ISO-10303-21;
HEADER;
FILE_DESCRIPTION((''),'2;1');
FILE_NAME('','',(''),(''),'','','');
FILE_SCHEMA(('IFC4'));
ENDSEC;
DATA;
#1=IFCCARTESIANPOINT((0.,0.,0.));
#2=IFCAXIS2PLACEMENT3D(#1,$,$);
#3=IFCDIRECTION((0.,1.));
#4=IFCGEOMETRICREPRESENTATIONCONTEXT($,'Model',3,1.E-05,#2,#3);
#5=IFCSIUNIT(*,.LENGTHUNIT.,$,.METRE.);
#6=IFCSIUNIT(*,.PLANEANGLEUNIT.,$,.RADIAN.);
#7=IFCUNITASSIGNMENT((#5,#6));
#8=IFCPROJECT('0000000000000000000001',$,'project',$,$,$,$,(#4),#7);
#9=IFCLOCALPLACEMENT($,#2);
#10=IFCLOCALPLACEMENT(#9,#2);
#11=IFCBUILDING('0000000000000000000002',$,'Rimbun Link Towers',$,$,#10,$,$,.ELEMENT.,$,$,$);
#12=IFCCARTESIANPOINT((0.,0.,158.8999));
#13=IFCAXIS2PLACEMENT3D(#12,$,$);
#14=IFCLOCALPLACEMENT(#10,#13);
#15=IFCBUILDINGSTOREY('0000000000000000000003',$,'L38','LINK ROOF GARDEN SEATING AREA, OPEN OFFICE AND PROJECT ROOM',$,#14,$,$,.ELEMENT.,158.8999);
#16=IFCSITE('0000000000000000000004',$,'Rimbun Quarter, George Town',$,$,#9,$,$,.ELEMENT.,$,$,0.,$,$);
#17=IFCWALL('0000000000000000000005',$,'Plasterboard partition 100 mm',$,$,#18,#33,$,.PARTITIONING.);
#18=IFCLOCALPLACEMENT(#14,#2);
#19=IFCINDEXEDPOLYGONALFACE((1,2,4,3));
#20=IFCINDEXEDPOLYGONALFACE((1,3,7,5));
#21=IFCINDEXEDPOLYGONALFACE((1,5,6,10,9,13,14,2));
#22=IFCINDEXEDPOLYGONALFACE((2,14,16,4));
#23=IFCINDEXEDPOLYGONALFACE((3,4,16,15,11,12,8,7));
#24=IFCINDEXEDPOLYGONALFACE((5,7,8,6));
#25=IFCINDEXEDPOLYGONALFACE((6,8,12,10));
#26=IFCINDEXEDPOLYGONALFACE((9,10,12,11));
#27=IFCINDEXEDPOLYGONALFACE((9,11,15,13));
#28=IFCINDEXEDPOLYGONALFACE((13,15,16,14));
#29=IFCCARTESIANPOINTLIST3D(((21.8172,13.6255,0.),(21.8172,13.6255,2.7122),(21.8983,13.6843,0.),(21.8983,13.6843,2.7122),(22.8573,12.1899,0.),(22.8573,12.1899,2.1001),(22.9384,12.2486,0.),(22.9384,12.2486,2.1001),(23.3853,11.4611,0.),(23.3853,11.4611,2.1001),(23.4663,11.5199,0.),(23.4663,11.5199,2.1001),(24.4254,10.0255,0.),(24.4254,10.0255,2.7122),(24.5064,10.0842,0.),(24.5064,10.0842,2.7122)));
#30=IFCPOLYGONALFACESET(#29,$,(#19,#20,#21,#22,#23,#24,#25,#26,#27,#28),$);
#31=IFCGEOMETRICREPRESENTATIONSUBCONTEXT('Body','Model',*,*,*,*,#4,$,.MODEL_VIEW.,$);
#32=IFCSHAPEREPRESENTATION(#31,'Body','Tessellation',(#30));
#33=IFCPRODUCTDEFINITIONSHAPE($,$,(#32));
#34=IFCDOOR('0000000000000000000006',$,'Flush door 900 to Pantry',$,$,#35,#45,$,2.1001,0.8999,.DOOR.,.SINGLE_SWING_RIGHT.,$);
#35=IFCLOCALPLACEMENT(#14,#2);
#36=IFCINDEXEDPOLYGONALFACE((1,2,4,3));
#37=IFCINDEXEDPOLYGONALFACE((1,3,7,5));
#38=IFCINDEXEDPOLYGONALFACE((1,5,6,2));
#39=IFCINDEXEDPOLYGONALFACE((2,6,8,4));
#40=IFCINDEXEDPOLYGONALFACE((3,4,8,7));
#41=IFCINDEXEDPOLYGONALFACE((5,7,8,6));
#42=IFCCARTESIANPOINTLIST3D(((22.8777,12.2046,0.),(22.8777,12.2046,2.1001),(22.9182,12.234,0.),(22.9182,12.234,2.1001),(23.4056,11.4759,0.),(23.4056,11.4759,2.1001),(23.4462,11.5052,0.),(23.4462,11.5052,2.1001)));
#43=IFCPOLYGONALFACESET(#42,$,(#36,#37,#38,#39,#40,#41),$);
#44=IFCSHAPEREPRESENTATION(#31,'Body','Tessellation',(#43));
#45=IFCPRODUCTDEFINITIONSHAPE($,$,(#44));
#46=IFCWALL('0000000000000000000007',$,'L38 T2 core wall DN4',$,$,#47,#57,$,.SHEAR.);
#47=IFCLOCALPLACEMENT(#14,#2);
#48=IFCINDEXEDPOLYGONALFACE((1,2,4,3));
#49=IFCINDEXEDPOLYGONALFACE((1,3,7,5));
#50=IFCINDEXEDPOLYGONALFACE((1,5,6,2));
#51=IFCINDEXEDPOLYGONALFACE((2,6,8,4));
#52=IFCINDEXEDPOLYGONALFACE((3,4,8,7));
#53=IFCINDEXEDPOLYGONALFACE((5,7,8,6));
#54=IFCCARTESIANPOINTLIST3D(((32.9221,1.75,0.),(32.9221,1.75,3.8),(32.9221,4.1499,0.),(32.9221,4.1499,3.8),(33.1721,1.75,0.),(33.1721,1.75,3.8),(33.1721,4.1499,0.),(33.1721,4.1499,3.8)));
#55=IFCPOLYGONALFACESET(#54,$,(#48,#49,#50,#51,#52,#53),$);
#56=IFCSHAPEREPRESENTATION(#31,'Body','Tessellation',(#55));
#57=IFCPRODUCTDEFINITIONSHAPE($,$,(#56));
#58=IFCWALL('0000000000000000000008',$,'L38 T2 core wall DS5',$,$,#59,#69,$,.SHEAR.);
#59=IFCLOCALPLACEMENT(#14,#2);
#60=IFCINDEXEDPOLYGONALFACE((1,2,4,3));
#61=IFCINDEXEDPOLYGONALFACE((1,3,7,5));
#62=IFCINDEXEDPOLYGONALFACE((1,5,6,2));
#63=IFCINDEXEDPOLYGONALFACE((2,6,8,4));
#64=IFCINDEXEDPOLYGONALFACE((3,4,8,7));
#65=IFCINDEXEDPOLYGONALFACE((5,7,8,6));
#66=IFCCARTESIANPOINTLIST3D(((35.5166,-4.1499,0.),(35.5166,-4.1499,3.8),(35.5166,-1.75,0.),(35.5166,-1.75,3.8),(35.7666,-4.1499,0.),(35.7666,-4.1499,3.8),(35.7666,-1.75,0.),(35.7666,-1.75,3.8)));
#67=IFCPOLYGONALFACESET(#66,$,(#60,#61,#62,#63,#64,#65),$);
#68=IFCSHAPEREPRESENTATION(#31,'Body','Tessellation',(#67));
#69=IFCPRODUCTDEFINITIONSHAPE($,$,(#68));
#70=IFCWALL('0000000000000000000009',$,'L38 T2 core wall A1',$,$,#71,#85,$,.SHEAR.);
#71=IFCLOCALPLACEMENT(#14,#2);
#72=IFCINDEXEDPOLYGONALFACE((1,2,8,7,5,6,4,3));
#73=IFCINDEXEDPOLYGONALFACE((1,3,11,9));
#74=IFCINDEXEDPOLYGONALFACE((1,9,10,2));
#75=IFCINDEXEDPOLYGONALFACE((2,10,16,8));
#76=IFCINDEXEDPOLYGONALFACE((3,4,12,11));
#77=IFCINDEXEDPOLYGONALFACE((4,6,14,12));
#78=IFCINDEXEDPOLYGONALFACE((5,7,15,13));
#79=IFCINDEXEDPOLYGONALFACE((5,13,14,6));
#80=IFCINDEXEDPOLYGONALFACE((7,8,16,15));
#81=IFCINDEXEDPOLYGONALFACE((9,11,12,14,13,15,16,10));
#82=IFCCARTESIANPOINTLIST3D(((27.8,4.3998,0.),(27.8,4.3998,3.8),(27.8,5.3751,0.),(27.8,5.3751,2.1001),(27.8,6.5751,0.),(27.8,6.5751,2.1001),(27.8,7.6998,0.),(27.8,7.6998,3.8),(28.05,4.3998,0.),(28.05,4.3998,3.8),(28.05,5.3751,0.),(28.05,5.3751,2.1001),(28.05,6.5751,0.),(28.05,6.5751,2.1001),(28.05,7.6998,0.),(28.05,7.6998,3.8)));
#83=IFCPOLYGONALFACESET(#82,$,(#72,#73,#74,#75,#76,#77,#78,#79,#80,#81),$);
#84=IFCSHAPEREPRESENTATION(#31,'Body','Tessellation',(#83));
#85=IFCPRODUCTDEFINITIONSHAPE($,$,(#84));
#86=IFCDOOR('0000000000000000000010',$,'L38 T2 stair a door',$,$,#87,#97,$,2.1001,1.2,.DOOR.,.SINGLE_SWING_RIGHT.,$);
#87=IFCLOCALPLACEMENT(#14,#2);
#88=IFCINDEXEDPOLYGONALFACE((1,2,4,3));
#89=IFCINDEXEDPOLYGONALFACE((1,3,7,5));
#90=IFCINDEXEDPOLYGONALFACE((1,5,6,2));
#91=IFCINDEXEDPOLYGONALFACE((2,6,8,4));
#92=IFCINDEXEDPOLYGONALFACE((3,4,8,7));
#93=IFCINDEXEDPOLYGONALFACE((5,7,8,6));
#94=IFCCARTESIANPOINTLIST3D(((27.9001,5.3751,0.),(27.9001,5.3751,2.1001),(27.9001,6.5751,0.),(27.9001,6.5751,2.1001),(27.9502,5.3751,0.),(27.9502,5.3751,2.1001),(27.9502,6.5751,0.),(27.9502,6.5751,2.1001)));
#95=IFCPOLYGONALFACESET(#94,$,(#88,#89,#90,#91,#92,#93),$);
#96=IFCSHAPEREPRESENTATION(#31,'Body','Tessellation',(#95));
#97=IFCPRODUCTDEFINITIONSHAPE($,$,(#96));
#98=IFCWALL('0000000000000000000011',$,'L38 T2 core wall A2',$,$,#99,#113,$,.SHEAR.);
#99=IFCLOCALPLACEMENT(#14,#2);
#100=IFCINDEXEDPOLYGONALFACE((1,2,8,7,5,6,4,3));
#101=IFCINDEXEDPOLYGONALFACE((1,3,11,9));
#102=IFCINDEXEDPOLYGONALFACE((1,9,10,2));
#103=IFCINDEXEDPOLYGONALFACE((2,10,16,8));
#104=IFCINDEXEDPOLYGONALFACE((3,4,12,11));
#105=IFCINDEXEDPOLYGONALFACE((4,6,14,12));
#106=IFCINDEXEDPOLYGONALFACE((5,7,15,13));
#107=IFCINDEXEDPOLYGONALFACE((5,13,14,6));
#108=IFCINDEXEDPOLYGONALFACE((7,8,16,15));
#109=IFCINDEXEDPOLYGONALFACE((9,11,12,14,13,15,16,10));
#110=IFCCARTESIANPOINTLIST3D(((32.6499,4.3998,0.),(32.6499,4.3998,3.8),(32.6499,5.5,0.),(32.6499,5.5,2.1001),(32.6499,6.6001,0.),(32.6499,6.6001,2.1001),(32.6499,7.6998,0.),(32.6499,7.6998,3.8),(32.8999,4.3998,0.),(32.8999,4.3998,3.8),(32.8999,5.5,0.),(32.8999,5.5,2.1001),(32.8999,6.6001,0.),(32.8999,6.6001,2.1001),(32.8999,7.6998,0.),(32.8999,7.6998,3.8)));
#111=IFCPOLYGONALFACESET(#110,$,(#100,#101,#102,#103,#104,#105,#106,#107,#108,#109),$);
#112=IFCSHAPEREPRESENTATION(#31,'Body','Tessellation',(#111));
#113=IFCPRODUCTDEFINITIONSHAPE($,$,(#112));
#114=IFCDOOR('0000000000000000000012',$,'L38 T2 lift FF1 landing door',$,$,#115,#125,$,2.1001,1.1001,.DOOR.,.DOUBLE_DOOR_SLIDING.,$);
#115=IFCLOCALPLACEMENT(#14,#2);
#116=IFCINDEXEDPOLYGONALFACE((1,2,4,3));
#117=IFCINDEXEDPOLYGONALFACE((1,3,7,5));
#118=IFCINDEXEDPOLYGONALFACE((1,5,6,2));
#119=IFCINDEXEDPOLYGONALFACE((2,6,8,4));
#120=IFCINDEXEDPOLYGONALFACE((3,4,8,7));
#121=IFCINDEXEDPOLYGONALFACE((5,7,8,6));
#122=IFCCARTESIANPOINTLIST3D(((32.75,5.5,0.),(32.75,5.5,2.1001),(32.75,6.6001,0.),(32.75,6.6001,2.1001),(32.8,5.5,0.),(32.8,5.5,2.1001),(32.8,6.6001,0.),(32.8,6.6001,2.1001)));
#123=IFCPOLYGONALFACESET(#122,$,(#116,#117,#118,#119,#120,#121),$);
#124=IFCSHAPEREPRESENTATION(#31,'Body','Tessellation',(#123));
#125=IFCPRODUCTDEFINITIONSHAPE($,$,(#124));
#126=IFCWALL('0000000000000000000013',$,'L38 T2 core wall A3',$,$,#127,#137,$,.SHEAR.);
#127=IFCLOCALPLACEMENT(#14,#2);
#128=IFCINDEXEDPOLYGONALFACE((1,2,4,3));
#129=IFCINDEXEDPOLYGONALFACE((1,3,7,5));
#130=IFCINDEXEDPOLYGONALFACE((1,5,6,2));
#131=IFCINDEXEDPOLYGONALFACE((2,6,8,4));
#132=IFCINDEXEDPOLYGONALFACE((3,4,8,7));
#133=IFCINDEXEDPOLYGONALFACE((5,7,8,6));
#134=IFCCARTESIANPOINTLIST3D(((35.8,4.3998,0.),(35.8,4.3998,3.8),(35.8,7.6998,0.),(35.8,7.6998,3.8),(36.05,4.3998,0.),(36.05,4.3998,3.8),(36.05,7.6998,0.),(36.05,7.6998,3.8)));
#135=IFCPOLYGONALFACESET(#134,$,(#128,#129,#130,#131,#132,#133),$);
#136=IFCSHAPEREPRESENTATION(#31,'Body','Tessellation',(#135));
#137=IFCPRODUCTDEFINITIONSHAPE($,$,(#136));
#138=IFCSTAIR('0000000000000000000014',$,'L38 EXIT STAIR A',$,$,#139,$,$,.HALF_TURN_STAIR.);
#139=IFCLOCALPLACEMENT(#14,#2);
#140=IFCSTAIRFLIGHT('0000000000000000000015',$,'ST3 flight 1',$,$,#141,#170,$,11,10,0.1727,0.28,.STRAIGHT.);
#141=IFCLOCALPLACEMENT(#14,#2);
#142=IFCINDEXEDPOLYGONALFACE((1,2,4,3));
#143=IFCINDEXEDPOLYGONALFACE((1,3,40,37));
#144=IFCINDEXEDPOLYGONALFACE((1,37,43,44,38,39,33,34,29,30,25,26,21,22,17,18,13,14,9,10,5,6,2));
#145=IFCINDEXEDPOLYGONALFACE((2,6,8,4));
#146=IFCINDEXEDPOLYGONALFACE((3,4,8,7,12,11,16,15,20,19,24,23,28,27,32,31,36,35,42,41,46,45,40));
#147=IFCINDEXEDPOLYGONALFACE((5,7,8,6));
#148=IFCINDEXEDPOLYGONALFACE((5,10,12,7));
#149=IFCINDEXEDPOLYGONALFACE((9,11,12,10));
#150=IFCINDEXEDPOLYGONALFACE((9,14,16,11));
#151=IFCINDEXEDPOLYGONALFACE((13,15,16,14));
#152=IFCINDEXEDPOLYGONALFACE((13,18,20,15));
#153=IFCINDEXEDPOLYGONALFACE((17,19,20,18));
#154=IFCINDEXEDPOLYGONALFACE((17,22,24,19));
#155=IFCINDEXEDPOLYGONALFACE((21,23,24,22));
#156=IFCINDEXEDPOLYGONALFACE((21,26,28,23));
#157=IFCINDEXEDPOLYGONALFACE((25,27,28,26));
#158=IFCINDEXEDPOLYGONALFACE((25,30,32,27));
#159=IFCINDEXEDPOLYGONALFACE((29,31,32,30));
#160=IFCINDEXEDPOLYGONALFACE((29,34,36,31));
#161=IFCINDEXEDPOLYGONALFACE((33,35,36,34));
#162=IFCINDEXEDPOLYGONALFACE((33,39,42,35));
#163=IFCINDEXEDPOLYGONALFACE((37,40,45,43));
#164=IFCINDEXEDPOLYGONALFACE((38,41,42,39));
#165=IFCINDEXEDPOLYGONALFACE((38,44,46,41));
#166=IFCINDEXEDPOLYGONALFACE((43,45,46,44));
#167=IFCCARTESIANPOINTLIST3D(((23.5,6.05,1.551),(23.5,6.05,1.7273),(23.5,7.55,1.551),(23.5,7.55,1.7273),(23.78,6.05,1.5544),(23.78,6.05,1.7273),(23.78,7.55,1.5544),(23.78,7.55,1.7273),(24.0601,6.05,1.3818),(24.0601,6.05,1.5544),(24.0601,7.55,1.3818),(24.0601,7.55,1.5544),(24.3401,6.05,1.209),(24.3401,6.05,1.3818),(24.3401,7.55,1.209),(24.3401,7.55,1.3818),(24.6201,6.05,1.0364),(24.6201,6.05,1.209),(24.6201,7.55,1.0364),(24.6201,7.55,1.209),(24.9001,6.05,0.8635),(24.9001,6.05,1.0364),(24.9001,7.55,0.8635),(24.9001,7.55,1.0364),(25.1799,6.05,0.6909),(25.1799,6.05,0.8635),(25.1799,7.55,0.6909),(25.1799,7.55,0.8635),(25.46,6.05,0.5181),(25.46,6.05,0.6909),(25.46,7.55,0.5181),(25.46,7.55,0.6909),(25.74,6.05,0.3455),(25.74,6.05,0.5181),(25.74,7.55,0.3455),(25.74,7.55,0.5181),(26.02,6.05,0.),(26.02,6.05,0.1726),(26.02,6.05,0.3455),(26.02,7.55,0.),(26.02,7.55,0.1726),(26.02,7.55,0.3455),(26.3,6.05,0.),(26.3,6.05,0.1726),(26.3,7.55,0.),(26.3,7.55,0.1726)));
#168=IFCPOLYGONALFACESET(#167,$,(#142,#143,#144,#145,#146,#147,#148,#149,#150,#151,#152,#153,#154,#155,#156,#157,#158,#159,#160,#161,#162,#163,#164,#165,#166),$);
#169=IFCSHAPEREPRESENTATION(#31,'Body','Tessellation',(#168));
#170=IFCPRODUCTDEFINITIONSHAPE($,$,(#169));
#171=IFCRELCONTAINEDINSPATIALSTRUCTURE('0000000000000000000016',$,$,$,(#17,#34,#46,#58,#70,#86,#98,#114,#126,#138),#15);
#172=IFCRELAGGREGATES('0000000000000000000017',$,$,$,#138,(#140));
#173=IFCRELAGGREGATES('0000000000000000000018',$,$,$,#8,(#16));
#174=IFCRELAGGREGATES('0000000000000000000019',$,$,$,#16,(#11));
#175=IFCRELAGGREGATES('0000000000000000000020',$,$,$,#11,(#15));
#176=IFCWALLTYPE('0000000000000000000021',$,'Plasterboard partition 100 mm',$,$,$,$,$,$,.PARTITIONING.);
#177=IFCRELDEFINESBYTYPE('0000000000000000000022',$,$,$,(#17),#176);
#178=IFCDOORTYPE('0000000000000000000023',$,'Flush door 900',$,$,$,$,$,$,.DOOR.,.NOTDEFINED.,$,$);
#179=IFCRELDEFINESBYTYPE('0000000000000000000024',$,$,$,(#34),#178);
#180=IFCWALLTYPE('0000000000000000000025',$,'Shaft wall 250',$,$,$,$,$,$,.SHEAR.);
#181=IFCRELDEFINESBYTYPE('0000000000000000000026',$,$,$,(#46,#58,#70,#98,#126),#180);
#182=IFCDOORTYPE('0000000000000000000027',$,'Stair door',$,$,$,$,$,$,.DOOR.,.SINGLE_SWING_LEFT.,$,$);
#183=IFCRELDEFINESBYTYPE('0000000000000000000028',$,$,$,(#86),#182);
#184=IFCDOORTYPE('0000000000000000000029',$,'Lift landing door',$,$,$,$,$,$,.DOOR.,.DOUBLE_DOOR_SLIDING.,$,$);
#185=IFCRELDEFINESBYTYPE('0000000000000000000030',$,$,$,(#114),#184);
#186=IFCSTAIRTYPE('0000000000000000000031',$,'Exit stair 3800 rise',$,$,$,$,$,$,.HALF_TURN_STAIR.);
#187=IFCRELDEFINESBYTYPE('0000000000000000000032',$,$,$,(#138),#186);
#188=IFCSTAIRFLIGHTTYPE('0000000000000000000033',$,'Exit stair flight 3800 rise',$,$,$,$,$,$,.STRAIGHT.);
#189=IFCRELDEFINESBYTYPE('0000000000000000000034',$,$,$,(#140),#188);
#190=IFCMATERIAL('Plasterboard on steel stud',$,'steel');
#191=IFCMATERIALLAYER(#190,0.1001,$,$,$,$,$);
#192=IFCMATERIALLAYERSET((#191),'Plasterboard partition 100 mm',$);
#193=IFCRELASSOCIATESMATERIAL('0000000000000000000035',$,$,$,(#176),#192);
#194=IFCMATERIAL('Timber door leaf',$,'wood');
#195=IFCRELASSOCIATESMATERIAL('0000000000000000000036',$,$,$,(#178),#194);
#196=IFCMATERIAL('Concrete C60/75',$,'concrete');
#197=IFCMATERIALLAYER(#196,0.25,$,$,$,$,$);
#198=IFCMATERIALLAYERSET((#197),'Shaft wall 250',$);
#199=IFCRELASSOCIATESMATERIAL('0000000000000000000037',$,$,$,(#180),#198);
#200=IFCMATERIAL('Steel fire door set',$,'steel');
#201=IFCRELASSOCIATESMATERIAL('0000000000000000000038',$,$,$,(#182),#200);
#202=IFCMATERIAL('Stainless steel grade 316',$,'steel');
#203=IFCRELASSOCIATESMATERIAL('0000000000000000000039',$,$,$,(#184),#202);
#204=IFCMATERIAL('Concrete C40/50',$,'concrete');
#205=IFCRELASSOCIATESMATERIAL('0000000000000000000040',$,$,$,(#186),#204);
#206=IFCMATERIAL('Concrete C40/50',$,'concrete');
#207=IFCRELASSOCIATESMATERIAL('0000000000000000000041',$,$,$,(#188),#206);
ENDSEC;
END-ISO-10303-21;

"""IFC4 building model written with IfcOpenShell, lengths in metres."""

from ifc_helpers import new_model, si_unit, direction, frame, frame_2d, origin, place, context, subcontext, project, spatial, polyline, rectangle, outline, extrude, material, layer, layer_set, type_object, element, fill, aggregate, save


model = new_model("IFC4")

# Units and contexts
model_context = context("Model", 3, precision=1e-05, world=origin(), true_north=direction((0.0, 1.0)))
body_context = subcontext(model_context, "Body", "Model", "MODEL_VIEW")
ifc_project = project(units=[si_unit("LENGTHUNIT", "METRE"), si_unit("PLANEANGLEUNIT", "RADIAN")], contexts=[model_context])

# Site, building, storey
site_placement = place(None, origin())
site = spatial("IfcSite", under=ifc_project, at=site_placement, Name="Rimbun Quarter, George Town", CompositionType="ELEMENT", RefElevation=0.0)
building_placement = place(site_placement, origin())
building = spatial("IfcBuilding", under=site, at=building_placement, Name="Rimbun Link Towers", CompositionType="ELEMENT")
storey_placement = place(building_placement, frame((0.0, 0.0, 158.8999)))
storey = spatial("IfcBuildingStorey", under=building, at=storey_placement, Name="L38", Description="LINK ROOF GARDEN SEATING AREA, OPEN OFFICE AND PROJECT ROOM", CompositionType="ELEMENT", Elevation=158.8999)

# Wall, opening, door
ifc_material_1 = material(Name="Plasterboard on steel stud", Category="steel")
ifc_layer_1 = layer(ifc_material_1, 0.1001)
ifc_layer_set_1 = layer_set([ifc_layer_1], Name="Plasterboard partition 100 mm")
wall_type_1 = type_object("IfcWallType", Name="Plasterboard partition 100 mm", PredefinedType="PARTITIONING", material=ifc_layer_set_1)
wall_1_placement = place(storey_placement, frame((24.4658, 10.0549, 0.0), z_axis=(0.0, 0.0, 1.0), x_axis=(-0.586685, 0.809815, 0.0)))
wall_1 = element("IfcWall", 1, at=wall_1_placement, inside=storey, type_object=wall_type_1, Name="Plasterboard partition 100 mm", PredefinedType="PARTITIONING", context=body_context, shape_type="SweptSolid", body=[
    extrude(rectangle(XDim=4.4456, YDim=0.1001, at=frame_2d((2.2227, 0.0))), origin(), (0.0, 0.0, 1.0), 2.7122),
])
opening_1_placement = place(wall_1_placement, frame((1.7727, 0.0, 0.0)))
opening_1 = element("IfcOpeningElement", 2, at=opening_1_placement, cuts=wall_1, PredefinedType="OPENING", context=body_context, shape_type="SweptSolid", body=[
    extrude(rectangle(XDim=0.8999, YDim=2.1001, at=frame_2d((0.45, 1.05))), frame((0.0, 0.0601, 0.0), z_axis=(0.0, -1.0, 0.0), x_axis=(1.0, 0.0, 0.0)), (0.0, 0.0, 1.0), 0.1201),
])
ifc_material_2 = material(Name="Timber door leaf", Category="wood")
door_type_1 = type_object("IfcDoorType", Name="Flush door 900", OperationType="NOTDEFINED", PredefinedType="DOOR", material=ifc_material_2)
door_1_placement = place(opening_1_placement, origin())
door_1 = element("IfcDoor", 3, at=door_1_placement, inside=storey, type_object=door_type_1, Name="Flush door 900 to Pantry", OperationType="SINGLE_SWING_RIGHT", OverallHeight=2.1001, OverallWidth=0.8999, PredefinedType="DOOR", context=body_context, shape_type="SweptSolid", body=[
    extrude(rectangle(XDim=0.8999, YDim=2.1001, at=frame_2d((0.45, 1.05))), frame((0.0, 0.0249, 0.0), z_axis=(0.0, -1.0, 0.0), x_axis=(1.0, 0.0, 0.0)), (0.0, 0.0, 1.0), 0.05),
])
fill(opening_1, door_1)

# Walls
ifc_material_3 = material(Name="Concrete C60/75", Category="concrete")
ifc_layer_2 = layer(ifc_material_3, 0.25)
ifc_layer_set_2 = layer_set([ifc_layer_2], Name="Shaft wall 250")
wall_type_2 = type_object("IfcWallType", Name="Shaft wall 250", PredefinedType="SHEAR", material=ifc_layer_set_2)
for number, where, z_axis, x_axis, name in (
    (4, (33.0471, 1.75, 0.0), (0.0, 0.0, 1.0), (0.0, 1.0, 0.0), "L38 T2 core wall DN4"),
    (5, (35.6416, -4.1499, 0.0), (0.0, 0.0, 1.0), (0.0, 1.0, 0.0), "L38 T2 core wall DS5"),
):
    element("IfcWall", number, at=place(storey_placement, frame(where, z_axis=z_axis, x_axis=x_axis)), inside=storey, type_object=wall_type_2, Name=name, PredefinedType="SHEAR", context=body_context, shape_type="SweptSolid", body=[
        extrude(rectangle(XDim=2.3999, YDim=0.25, at=frame_2d((1.2, 0.0))), origin(), (0.0, 0.0, 1.0), 3.8),
    ])

# Walls, openings, doors
wall_2_placement = place(storey_placement, frame((27.925, 4.3999, 0.0), z_axis=(0.0, 0.0, 1.0), x_axis=(0.0, 1.0, 0.0)))
wall_2 = element("IfcWall", 6, at=wall_2_placement, inside=storey, type_object=wall_type_2, Name="L38 T2 core wall A1", PredefinedType="SHEAR", context=body_context, shape_type="SweptSolid", body=[
    extrude(rectangle(XDim=3.3, YDim=0.25, at=frame_2d((1.6499, 0.0))), origin(), (0.0, 0.0, 1.0), 3.8),
])
opening_2_placement = place(wall_2_placement, frame((0.9751, 0.0, 0.0)))
opening_2 = element("IfcOpeningElement", 7, at=opening_2_placement, cuts=wall_2, PredefinedType="OPENING", context=body_context, shape_type="SweptSolid", body=[
    extrude(rectangle(XDim=1.2, YDim=2.1001, at=frame_2d((0.6001, 1.05))), frame((0.0, 0.135, 0.0), z_axis=(0.0, -1.0, 0.0), x_axis=(1.0, 0.0, 0.0)), (0.0, 0.0, 1.0), 0.27),
])
ifc_material_4 = material(Name="Steel fire door set", Category="steel")
door_type_2 = type_object("IfcDoorType", Name="Stair door", OperationType="SINGLE_SWING_LEFT", PredefinedType="DOOR", material=ifc_material_4)
door_2_placement = place(opening_2_placement, origin())
door_2 = element("IfcDoor", 8, at=door_2_placement, inside=storey, type_object=door_type_2, Name="L38 T2 stair a door", OperationType="SINGLE_SWING_RIGHT", OverallHeight=2.1001, OverallWidth=1.2, PredefinedType="DOOR", context=body_context, shape_type="SweptSolid", body=[
    extrude(rectangle(XDim=1.2, YDim=2.1001, at=frame_2d((0.6001, 1.05))), frame((0.0, 0.0249, 0.0), z_axis=(0.0, -1.0, 0.0), x_axis=(1.0, 0.0, 0.0)), (0.0, 0.0, 1.0), 0.05),
])
fill(opening_2, door_2)
wall_3_placement = place(storey_placement, frame((32.7749, 4.3999, 0.0), z_axis=(0.0, 0.0, 1.0), x_axis=(0.0, 1.0, 0.0)))
wall_3 = element("IfcWall", 9, at=wall_3_placement, inside=storey, type_object=wall_type_2, Name="L38 T2 core wall A2", PredefinedType="SHEAR", context=body_context, shape_type="SweptSolid", body=[
    extrude(rectangle(XDim=3.3, YDim=0.25, at=frame_2d((1.6499, 0.0))), origin(), (0.0, 0.0, 1.0), 3.8),
])
opening_3_placement = place(wall_3_placement, frame((1.1001, 0.0, 0.0)))
opening_3 = element("IfcOpeningElement", 10, at=opening_3_placement, cuts=wall_3, PredefinedType="OPENING", context=body_context, shape_type="SweptSolid", body=[
    extrude(rectangle(XDim=1.1001, YDim=2.1001, at=frame_2d((0.55, 1.05))), frame((0.0, 0.135, 0.0), z_axis=(0.0, -1.0, 0.0), x_axis=(1.0, 0.0, 0.0)), (0.0, 0.0, 1.0), 0.27),
])
ifc_material_5 = material(Name="Stainless steel grade 316", Category="steel")
door_type_3 = type_object("IfcDoorType", Name="Lift landing door", OperationType="DOUBLE_DOOR_SLIDING", PredefinedType="DOOR", material=ifc_material_5)
door_3_placement = place(opening_3_placement, origin())
door_3 = element("IfcDoor", 11, at=door_3_placement, inside=storey, type_object=door_type_3, Name="L38 T2 lift FF1 landing door", OperationType="DOUBLE_DOOR_SLIDING", OverallHeight=2.1001, OverallWidth=1.1001, PredefinedType="DOOR", context=body_context, shape_type="SweptSolid", body=[
    extrude(rectangle(XDim=1.1001, YDim=2.1001, at=frame_2d((0.55, 1.05))), frame((0.0, 0.0249, 0.0), z_axis=(0.0, -1.0, 0.0), x_axis=(1.0, 0.0, 0.0)), (0.0, 0.0, 1.0), 0.05),
])
fill(opening_3, door_3)

# Wall
wall_4_placement = place(storey_placement, frame((35.925, 4.3999, 0.0), z_axis=(0.0, 0.0, 1.0), x_axis=(0.0, 1.0, 0.0)))
element("IfcWall", 12, at=wall_4_placement, inside=storey, type_object=wall_type_2, Name="L38 T2 core wall A3", PredefinedType="SHEAR", context=body_context, shape_type="SweptSolid", body=[
    extrude(rectangle(XDim=3.3, YDim=0.25, at=frame_2d((1.6499, 0.0))), origin(), (0.0, 0.0, 1.0), 3.8),
])

# Stair, stair flight
ifc_material_6 = material(Name="Concrete C40/50", Category="concrete")
stair_type = type_object("IfcStairType", Name="Exit stair 3800 rise", PredefinedType="HALF_TURN_STAIR", material=ifc_material_6)
stair_placement = place(storey_placement, origin())
stair = element("IfcStair", 13, at=stair_placement, inside=storey, type_object=stair_type, Name="L38 EXIT STAIR A", PredefinedType="HALF_TURN_STAIR")
ifc_material_7 = material(Name="Concrete C40/50", Category="concrete")
stair_flight_type = type_object("IfcStairFlightType", Name="Exit stair flight 3800 rise", PredefinedType="STRAIGHT", material=ifc_material_7)
stair_flight_1_placement = place(storey_placement, frame((26.3, 6.8, 0.0), z_axis=(0.0, 0.0, 1.0), x_axis=(-1.0, 0.0, 0.0)))
stair_flight_1 = element("IfcStairFlight", 14, at=stair_flight_1_placement, type_object=stair_flight_type, Name="ST3 flight 1", NumberOfRisers=11, NumberOfTreads=10, PredefinedType="STRAIGHT", RiserHeight=0.1727, TreadLength=0.28, context=body_context, shape_type="SweptSolid", body=[
    extrude(outline(polyline([(0.0, 0.0), (0.0, 0.1726), (0.28, 0.1726), (0.28, 0.3455), (0.5601, 0.3455), (0.5601, 0.5181), (0.8401, 0.5181), (0.8401, 0.6909), (1.1201, 0.6909), (1.1201, 0.8635), (1.3999, 0.8635), (1.3999, 1.0364), (1.6799, 1.0364), (1.6799, 1.209), (1.96, 1.209), (1.96, 1.3818), (2.24, 1.3818), (2.24, 1.5544), (2.52, 1.5544), (2.52, 1.7273), (2.8, 1.7273), (2.8, 1.8999), (2.8, 1.551), (0.28, 0.0), (0.0, 0.0)])), frame((0.0, 0.75, 0.0), z_axis=(0.0, -1.0, 0.0), x_axis=(1.0, 0.0, 0.0)), (0.0, 0.0, 1.0), 1.5),
])
aggregate(stair, [stair_flight_1])

save(model, "model.ifc")
